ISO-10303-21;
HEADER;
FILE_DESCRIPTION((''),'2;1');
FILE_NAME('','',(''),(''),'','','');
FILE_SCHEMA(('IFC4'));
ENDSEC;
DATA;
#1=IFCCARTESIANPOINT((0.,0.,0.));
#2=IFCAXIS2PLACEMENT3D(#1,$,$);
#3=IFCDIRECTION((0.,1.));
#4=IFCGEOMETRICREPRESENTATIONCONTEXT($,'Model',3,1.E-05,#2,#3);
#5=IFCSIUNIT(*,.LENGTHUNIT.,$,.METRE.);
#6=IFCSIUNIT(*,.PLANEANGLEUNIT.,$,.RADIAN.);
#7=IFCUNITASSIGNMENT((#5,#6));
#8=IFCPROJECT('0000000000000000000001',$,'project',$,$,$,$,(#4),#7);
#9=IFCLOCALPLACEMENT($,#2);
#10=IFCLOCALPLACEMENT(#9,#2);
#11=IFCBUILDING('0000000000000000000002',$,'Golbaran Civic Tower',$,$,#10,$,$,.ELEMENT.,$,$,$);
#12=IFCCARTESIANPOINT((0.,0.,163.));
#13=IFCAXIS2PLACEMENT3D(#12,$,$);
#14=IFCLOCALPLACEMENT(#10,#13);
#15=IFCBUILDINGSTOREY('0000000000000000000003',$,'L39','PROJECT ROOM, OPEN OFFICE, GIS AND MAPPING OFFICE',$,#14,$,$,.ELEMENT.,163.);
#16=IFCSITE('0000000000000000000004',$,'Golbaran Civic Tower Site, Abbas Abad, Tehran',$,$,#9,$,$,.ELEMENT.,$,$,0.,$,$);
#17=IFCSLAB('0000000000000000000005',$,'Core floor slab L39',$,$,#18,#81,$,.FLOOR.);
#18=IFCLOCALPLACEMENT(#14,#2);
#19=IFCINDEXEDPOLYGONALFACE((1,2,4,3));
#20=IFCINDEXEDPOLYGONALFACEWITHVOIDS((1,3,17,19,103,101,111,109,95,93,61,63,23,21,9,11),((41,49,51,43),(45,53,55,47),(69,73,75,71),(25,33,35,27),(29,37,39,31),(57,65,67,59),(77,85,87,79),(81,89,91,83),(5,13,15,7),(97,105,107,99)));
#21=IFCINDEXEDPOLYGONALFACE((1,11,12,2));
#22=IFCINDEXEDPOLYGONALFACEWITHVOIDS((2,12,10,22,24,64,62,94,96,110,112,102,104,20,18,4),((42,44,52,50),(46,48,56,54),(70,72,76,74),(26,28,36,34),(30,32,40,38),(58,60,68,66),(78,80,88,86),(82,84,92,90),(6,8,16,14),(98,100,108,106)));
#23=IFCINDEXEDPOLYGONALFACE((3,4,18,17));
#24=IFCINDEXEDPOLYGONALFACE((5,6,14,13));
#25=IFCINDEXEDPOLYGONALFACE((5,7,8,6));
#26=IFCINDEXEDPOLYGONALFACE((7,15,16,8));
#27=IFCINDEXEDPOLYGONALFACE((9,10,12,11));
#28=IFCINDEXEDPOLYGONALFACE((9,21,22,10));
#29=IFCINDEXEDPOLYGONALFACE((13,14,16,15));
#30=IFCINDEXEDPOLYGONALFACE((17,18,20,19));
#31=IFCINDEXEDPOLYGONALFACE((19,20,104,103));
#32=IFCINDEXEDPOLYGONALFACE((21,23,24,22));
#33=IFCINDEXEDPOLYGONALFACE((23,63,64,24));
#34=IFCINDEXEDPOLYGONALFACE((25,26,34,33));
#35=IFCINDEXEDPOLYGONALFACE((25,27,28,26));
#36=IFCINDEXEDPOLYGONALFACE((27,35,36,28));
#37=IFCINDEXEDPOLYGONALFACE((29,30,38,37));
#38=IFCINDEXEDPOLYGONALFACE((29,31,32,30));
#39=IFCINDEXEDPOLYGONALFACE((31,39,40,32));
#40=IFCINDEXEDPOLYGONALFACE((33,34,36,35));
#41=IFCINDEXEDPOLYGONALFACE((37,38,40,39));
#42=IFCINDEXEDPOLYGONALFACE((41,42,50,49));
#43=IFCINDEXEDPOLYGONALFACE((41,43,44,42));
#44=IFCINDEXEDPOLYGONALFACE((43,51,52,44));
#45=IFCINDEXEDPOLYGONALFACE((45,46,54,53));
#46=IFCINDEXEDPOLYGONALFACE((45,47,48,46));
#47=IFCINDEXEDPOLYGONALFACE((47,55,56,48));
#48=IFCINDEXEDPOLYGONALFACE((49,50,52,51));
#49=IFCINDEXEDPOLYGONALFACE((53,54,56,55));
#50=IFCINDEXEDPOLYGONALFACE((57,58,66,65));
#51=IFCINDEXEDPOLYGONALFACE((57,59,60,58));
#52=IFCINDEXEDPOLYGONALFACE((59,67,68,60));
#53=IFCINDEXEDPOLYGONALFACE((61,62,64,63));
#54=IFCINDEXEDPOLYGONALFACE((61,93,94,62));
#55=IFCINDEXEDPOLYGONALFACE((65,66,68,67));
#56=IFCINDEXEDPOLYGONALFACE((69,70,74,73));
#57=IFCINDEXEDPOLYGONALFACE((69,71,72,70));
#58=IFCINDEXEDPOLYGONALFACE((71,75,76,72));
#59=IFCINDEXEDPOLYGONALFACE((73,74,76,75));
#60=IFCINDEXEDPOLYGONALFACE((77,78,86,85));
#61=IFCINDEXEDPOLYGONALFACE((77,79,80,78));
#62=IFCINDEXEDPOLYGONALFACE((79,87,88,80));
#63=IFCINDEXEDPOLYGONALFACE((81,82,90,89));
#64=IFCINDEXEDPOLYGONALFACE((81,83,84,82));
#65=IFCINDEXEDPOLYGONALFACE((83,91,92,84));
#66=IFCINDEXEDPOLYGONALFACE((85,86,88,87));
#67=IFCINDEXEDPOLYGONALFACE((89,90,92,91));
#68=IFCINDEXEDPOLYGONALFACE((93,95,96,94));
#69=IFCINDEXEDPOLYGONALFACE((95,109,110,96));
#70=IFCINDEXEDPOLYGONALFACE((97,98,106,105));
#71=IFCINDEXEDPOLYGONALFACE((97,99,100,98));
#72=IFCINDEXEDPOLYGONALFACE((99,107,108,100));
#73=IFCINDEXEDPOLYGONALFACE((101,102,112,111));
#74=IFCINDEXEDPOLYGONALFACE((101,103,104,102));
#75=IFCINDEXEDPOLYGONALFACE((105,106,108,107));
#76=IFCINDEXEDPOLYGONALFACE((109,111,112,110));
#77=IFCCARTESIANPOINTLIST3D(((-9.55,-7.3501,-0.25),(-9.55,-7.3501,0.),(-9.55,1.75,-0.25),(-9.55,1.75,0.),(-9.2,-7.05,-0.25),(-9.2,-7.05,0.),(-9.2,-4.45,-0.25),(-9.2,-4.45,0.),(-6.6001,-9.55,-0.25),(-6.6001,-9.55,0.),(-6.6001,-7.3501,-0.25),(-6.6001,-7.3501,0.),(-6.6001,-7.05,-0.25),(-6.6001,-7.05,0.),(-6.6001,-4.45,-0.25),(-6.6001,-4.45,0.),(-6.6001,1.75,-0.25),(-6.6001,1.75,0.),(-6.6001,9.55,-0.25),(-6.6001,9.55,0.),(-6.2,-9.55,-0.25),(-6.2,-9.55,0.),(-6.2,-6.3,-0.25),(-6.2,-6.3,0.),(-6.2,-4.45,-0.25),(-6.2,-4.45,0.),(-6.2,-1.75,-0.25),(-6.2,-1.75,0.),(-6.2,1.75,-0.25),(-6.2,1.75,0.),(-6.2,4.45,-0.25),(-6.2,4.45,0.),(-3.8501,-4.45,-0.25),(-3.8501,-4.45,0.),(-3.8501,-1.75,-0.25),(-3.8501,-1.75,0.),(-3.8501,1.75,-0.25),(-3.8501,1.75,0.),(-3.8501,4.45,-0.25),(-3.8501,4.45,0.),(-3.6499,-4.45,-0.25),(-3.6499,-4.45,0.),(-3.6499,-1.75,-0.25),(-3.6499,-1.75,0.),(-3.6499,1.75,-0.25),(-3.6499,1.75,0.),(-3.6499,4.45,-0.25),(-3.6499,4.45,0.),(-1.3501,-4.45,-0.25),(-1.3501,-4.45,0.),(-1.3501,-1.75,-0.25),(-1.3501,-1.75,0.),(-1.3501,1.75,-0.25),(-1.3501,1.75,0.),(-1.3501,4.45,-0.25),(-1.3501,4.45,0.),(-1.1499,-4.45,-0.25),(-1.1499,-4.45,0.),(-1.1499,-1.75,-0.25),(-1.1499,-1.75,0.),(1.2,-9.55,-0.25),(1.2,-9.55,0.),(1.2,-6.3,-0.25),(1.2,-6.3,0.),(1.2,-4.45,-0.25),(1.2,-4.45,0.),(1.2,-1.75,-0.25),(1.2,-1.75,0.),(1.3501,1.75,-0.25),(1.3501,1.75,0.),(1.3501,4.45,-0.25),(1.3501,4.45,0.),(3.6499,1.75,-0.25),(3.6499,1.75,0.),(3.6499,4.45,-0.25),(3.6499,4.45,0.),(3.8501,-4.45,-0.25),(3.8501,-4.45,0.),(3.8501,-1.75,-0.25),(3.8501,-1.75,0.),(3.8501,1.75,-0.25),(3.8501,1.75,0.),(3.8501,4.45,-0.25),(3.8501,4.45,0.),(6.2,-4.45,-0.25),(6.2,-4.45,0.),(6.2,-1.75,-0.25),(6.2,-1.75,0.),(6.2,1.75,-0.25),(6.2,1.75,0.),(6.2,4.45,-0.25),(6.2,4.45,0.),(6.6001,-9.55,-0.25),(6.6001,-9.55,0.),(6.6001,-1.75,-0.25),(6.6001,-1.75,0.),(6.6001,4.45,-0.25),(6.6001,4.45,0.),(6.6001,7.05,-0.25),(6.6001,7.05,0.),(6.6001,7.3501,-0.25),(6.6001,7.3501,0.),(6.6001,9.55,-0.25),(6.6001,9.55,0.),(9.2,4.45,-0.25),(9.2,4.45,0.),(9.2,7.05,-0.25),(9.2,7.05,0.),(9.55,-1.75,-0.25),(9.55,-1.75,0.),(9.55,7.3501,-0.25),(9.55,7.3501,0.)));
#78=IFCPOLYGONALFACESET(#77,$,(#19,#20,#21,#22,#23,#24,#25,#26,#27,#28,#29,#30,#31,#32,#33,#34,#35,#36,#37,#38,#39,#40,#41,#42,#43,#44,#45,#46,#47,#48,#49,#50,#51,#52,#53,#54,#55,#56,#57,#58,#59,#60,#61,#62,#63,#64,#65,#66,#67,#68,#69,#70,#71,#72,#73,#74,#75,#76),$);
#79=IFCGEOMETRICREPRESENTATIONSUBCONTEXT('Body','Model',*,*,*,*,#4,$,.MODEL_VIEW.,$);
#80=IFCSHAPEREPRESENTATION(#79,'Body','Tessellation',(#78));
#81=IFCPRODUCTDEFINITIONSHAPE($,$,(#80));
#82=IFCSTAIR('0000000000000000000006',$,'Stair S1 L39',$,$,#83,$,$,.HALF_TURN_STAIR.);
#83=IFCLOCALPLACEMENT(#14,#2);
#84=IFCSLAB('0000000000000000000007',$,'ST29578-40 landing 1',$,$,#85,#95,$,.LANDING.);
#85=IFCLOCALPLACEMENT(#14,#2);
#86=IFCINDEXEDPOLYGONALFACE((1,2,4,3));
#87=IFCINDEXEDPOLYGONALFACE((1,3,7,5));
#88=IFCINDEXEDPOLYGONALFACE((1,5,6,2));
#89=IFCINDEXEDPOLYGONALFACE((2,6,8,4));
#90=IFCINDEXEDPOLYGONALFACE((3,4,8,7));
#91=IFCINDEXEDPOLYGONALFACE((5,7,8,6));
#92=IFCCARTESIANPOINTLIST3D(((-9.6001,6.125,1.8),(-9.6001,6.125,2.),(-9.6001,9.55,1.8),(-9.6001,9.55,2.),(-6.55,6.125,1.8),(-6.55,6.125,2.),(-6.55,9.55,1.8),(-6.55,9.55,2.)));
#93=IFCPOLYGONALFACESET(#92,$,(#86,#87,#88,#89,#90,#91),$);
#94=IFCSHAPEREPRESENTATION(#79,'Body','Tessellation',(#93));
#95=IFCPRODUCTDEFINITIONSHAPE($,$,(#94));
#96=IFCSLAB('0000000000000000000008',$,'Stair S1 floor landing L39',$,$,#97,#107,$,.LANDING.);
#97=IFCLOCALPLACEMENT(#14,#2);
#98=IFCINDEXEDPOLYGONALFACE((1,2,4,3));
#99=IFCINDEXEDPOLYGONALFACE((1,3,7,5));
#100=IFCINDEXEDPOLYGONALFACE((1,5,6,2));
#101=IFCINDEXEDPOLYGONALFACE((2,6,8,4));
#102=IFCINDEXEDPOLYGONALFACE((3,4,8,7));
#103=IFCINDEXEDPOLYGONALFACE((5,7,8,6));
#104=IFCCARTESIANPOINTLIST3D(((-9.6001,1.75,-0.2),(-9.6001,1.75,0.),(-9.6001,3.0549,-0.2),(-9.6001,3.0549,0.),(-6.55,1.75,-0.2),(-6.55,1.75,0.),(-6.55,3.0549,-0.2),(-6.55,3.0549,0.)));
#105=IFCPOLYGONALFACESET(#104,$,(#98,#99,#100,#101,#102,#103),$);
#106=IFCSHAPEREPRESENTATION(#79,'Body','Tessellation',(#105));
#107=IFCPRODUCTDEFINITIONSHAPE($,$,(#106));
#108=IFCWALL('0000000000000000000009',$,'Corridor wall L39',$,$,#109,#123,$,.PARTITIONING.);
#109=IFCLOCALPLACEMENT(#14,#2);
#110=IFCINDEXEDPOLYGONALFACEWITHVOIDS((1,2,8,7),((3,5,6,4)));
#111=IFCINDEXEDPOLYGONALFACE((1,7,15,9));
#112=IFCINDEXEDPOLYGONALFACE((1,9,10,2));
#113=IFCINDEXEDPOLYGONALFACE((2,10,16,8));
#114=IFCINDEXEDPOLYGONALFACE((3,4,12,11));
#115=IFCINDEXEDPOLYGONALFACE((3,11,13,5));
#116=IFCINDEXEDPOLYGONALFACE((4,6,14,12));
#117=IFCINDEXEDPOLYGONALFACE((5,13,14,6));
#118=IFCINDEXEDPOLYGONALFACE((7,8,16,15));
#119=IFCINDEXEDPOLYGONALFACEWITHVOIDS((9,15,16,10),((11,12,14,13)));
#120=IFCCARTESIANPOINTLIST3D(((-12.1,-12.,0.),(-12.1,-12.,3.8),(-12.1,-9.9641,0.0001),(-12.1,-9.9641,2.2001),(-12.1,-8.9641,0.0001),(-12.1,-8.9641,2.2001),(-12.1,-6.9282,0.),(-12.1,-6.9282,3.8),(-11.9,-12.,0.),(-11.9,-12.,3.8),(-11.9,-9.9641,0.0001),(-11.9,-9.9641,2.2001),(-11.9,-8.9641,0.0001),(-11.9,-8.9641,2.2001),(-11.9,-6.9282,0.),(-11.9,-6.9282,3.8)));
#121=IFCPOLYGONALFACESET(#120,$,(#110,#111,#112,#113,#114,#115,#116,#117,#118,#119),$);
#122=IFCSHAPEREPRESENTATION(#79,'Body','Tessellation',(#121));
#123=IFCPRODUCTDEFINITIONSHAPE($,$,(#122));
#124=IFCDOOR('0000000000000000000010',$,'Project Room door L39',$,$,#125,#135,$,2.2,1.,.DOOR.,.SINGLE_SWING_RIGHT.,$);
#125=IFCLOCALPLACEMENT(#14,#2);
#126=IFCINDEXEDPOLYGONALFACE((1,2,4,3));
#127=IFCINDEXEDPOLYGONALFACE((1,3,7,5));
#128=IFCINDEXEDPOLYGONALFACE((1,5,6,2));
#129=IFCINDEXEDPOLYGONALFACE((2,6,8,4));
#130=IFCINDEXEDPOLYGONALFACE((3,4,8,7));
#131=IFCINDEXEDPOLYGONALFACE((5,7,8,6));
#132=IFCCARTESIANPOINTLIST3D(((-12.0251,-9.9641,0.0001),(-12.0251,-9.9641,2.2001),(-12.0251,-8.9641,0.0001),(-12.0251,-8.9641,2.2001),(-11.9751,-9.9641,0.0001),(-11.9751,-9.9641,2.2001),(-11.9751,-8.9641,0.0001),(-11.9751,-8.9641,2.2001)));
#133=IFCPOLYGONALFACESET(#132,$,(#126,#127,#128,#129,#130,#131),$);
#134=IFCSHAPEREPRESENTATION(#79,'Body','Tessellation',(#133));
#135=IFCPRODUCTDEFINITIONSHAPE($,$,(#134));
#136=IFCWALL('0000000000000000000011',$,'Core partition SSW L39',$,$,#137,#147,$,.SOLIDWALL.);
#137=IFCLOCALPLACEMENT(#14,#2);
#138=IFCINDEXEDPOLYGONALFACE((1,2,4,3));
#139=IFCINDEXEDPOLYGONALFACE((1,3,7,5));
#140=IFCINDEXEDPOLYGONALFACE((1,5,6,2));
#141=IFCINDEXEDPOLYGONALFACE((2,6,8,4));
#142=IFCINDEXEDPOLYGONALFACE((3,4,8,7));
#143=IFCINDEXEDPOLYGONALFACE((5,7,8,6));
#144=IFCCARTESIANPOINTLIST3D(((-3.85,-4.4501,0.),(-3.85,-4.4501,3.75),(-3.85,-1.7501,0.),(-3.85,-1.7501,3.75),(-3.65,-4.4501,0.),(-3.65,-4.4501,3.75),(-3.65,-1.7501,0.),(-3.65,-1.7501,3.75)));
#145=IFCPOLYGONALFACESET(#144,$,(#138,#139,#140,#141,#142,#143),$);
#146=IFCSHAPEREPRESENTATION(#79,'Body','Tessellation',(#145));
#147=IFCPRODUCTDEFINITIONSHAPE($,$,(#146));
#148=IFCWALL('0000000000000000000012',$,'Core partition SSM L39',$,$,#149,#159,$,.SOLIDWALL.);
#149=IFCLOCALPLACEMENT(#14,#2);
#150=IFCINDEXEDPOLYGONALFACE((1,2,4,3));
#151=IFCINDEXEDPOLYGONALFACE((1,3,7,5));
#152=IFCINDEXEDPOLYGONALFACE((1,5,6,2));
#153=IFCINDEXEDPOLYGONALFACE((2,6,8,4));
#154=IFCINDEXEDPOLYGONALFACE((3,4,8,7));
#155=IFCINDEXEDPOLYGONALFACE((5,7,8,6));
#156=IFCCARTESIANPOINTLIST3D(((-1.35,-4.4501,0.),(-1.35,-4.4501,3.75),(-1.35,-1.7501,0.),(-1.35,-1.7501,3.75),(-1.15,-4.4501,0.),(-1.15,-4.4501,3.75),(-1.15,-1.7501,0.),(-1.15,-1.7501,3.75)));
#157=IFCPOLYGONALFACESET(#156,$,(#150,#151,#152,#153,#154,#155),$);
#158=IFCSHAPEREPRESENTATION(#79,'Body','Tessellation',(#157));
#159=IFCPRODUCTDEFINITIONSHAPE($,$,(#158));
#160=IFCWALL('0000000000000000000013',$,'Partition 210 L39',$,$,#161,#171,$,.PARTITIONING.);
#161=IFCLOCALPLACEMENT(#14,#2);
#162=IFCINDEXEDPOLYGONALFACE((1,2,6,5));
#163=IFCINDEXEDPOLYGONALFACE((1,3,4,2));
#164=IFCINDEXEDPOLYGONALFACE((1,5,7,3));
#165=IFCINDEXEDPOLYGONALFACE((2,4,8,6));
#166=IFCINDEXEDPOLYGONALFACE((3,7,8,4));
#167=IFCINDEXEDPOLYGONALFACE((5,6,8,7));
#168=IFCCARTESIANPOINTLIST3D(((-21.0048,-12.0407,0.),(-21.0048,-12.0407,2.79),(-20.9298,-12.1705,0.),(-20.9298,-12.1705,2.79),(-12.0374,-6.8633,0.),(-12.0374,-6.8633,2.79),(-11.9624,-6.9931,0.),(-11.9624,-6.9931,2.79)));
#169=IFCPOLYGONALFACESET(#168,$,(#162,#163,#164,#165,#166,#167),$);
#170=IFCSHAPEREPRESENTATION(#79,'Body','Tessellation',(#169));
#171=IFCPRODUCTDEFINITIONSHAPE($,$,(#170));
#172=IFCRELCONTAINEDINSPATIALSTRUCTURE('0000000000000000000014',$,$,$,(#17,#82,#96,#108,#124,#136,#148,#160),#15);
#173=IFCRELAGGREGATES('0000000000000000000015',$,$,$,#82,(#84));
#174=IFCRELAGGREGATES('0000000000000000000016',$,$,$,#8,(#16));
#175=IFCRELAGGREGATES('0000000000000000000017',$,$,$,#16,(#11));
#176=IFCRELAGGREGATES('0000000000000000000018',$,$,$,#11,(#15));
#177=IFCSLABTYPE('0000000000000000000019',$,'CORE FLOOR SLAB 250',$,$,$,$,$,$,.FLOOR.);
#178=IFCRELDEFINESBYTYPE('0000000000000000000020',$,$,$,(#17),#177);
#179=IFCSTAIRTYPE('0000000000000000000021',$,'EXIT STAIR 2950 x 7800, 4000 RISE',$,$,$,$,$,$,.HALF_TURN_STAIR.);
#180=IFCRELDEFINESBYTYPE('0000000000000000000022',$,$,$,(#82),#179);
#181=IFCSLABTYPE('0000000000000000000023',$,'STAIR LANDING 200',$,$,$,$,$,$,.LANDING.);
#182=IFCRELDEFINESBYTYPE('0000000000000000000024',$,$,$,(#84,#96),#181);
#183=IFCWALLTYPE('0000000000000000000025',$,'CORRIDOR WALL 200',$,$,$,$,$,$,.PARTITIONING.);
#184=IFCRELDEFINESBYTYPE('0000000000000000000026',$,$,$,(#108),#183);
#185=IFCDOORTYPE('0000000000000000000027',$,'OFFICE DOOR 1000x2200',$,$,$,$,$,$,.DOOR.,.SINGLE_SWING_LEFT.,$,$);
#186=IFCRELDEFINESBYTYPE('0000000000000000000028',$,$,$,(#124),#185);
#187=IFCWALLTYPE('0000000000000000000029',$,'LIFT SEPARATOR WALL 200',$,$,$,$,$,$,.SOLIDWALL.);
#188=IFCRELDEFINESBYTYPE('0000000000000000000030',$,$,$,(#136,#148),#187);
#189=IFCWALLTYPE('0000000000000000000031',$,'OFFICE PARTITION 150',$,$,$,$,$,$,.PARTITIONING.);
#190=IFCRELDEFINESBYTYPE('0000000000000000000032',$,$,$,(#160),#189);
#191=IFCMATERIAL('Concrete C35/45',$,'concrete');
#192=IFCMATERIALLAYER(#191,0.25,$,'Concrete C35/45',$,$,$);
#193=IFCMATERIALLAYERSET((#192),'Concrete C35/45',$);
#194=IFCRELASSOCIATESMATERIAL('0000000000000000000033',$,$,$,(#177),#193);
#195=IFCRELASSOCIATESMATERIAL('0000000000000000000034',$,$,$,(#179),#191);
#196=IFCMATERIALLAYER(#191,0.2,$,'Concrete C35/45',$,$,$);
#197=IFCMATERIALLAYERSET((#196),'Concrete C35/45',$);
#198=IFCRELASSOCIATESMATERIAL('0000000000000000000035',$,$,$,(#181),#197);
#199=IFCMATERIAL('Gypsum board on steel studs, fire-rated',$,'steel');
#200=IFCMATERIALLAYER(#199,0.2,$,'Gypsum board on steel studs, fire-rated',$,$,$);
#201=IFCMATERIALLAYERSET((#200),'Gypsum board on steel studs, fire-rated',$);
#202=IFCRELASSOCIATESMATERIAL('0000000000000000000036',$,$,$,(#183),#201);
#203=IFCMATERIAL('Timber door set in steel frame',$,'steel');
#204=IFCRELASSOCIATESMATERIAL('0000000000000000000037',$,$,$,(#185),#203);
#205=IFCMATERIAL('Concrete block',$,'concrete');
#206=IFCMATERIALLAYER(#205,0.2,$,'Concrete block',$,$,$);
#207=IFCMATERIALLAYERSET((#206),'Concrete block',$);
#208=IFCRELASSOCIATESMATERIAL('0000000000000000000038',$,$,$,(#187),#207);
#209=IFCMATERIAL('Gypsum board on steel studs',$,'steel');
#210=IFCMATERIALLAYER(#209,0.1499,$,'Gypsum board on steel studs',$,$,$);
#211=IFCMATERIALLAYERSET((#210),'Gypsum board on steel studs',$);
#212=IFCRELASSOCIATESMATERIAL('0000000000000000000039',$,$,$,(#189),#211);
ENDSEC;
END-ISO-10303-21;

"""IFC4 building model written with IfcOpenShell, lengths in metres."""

from ifc_helpers import new_model, si_unit, direction, frame, frame_2d, origin, place, context, subcontext, project, spatial, polyline, rectangle, outline, extrude, material, layer, layer_set, type_object, element, fill, aggregate, save


model = new_model("IFC4")

# Units and contexts
model_context = context("Model", 3, precision=1e-05, world=origin(), true_north=direction((0.0, 1.0)))
body_context = subcontext(model_context, "Body", "Model", "MODEL_VIEW")
ifc_project = project(units=[si_unit("LENGTHUNIT", "METRE"), si_unit("PLANEANGLEUNIT", "RADIAN")], contexts=[model_context])

# Site, building, storey
site_placement = place(None, origin())
site = spatial("IfcSite", under=ifc_project, at=site_placement, Name="Golbaran Civic Tower Site, Abbas Abad, Tehran", CompositionType="ELEMENT", RefElevation=0.0)
building_placement = place(site_placement, origin())
building = spatial("IfcBuilding", under=site, at=building_placement, Name="Golbaran Civic Tower", CompositionType="ELEMENT")
storey_placement = place(building_placement, frame((0.0, 0.0, 163.0)))
storey = spatial("IfcBuildingStorey", under=building, at=storey_placement, Name="L39", Description="PROJECT ROOM, OPEN OFFICE, GIS AND MAPPING OFFICE", CompositionType="ELEMENT", Elevation=163.0)

# Slab
ifc_material_1 = material(Name="Concrete C35/45", Category="concrete")
ifc_layer_1 = layer(ifc_material_1, 0.25, Name="Concrete C35/45")
ifc_layer_set_1 = layer_set([ifc_layer_1], Name="Concrete C35/45")
slab_type_1 = type_object("IfcSlabType", Name="CORE FLOOR SLAB 250", PredefinedType="FLOOR", material=ifc_layer_set_1)
slab_1_placement = place(storey_placement, frame((0.0, 0.0, -0.25)))
element("IfcSlab", 1, at=slab_1_placement, inside=storey, type_object=slab_type_1, Name="Core floor slab L39", PredefinedType="FLOOR", context=body_context, shape_type="SweptSolid", body=[
    extrude(outline(polyline([(6.6001, -1.75), (6.6001, -9.55), (1.2, -9.55), (1.2, -6.3), (-6.2, -6.3), (-6.2, -9.55), (-6.6001, -9.55), (-6.6001, -7.3501), (-9.55, -7.3501), (-9.55, 1.75), (-6.6001, 1.75), (-6.6001, 9.55), (6.6001, 9.55), (6.6001, 7.3501), (9.55, 7.3501), (9.55, -1.75), (6.6001, -1.75)]), holes=[polyline([(9.2, 7.05), (6.6001, 7.05), (6.6001, 4.45), (9.2, 4.45), (9.2, 7.05)]), polyline([(6.2, -1.75), (3.8501, -1.75), (3.8501, -4.45), (6.2, -4.45), (6.2, -1.75)]), polyline([(6.2, 4.45), (3.8501, 4.45), (3.8501, 1.75), (6.2, 1.75), (6.2, 4.45)]), polyline([(3.6499, 4.45), (1.3501, 4.45), (1.3501, 1.75), (3.6499, 1.75), (3.6499, 4.45)]), polyline([(1.2, -1.75), (-1.1499, -1.75), (-1.1499, -4.45), (1.2, -4.45), (1.2, -1.75)]), polyline([(-1.3501, 4.45), (-3.6499, 4.45), (-3.6499, 1.75), (-1.3501, 1.75), (-1.3501, 4.45)]), polyline([(-1.3501, -1.75), (-3.6499, -1.75), (-3.6499, -4.45), (-1.3501, -4.45), (-1.3501, -1.75)]), polyline([(-3.8501, -1.75), (-6.2, -1.75), (-6.2, -4.45), (-3.8501, -4.45), (-3.8501, -1.75)]), polyline([(-3.8501, 4.45), (-6.2, 4.45), (-6.2, 1.75), (-3.8501, 1.75), (-3.8501, 4.45)]), polyline([(-6.6001, -4.45), (-9.2, -4.45), (-9.2, -7.05), (-6.6001, -7.05), (-6.6001, -4.45)])]), origin(), (0.0, 0.0, 1.0), 0.25),
])

# Stair, slab
stair_type_1 = type_object("IfcStairType", Name="EXIT STAIR 2950 x 7800, 4000 RISE", PredefinedType="HALF_TURN_STAIR", material=ifc_material_1)
stair_1_placement = place(storey_placement, origin())
stair_1 = element("IfcStair", 2, at=stair_1_placement, inside=storey, type_object=stair_type_1, Name="Stair S1 L39", PredefinedType="HALF_TURN_STAIR")
ifc_layer_2 = layer(ifc_material_1, 0.2, Name="Concrete C35/45")
ifc_layer_set_2 = layer_set([ifc_layer_2], Name="Concrete C35/45")
slab_type_2 = type_object("IfcSlabType", Name="STAIR LANDING 200", PredefinedType="LANDING", material=ifc_layer_set_2)
slab_2_placement = place(storey_placement, frame((0.0, 0.0, 1.8)))
slab_2 = element("IfcSlab", 3, at=slab_2_placement, type_object=slab_type_2, Name="ST29578-40 landing 1", PredefinedType="LANDING", context=body_context, shape_type="SweptSolid", body=[
    extrude(outline(polyline([(-9.6001, 6.125), (-9.6001, 9.55), (-6.55, 9.55), (-6.55, 6.125), (-9.6001, 6.125)])), origin(), (0.0, 0.0, 1.0), 0.2),
])
aggregate(stair_1, [slab_2])

# Slab
slab_3_placement = place(storey_placement, frame((0.0, 0.0, -0.2)))
element("IfcSlab", 4, at=slab_3_placement, inside=storey, type_object=slab_type_2, Name="Stair S1 floor landing L39", PredefinedType="LANDING", context=body_context, shape_type="SweptSolid", body=[
    extrude(outline(polyline([(-9.6001, 1.75), (-9.6001, 3.0549), (-6.55, 3.0549), (-6.55, 1.75), (-9.6001, 1.75)])), origin(), (0.0, 0.0, 1.0), 0.2),
])

# Wall, opening, door
ifc_material_2 = material(Name="Gypsum board on steel studs, fire-rated", Category="steel")
ifc_layer_3 = layer(ifc_material_2, 0.2, Name="Gypsum board on steel studs, fire-rated")
ifc_layer_set_3 = layer_set([ifc_layer_3], Name="Gypsum board on steel studs, fire-rated")
wall_type_1 = type_object("IfcWallType", Name="CORRIDOR WALL 200", PredefinedType="PARTITIONING", material=ifc_layer_set_3)
wall_1_placement = place(storey_placement, frame((-12.0, -6.9282, 0.0), z_axis=(0.0, 0.0, 1.0), x_axis=(0.0, -1.0, 0.0)))
wall_1 = element("IfcWall", 5, at=wall_1_placement, inside=storey, type_object=wall_type_1, Name="Corridor wall L39", PredefinedType="PARTITIONING", context=body_context, shape_type="SweptSolid", body=[
    extrude(rectangle(XDim=5.0718, YDim=0.2, at=frame_2d((2.5359, 0.0))), origin(), (0.0, 0.0, 1.0), 3.8),
])
opening_1_placement = place(wall_1_placement, frame((2.0359, 0.0, 0.0)))
opening_1 = element("IfcOpeningElement", 6, at=opening_1_placement, cuts=wall_1, PredefinedType="OPENING", context=body_context, shape_type="SweptSolid", body=[
    extrude(rectangle(XDim=1.0, YDim=2.2, at=frame_2d((0.5, 1.1001))), frame((0.0, 0.1099, 0.0), z_axis=(0.0, -1.0, 0.0), x_axis=(1.0, 0.0, 0.0)), (0.0, 0.0, 1.0), 0.22),
])
ifc_material_3 = material(Name="Timber door set in steel frame", Category="steel")
door_type_1 = type_object("IfcDoorType", Name="OFFICE DOOR 1000x2200", OperationType="SINGLE_SWING_LEFT", PredefinedType="DOOR", material=ifc_material_3)
door_1_placement = place(opening_1_placement, origin())
door_1 = element("IfcDoor", 7, at=door_1_placement, inside=storey, type_object=door_type_1, Name="Project Room door L39", OperationType="SINGLE_SWING_RIGHT", OverallHeight=2.2, OverallWidth=1.0, PredefinedType="DOOR", context=body_context, shape_type="SweptSolid", body=[
    extrude(rectangle(XDim=1.0, YDim=2.2, at=frame_2d((0.5, 1.1001))), frame((0.0, 0.0249, 0.0), z_axis=(0.0, -1.0, 0.0), x_axis=(1.0, 0.0, 0.0)), (0.0, 0.0, 1.0), 0.05),
])
fill(opening_1, door_1)

# Walls
ifc_material_4 = material(Name="Concrete block", Category="concrete")
ifc_layer_4 = layer(ifc_material_4, 0.2, Name="Concrete block")
ifc_layer_set_4 = layer_set([ifc_layer_4], Name="Concrete block")
wall_type_2 = type_object("IfcWallType", Name="LIFT SEPARATOR WALL 200", PredefinedType="SOLIDWALL", material=ifc_layer_set_4)
for number, where, z_axis, x_axis, name in (
    (8, (-3.75, -1.75, 0.0), (0.0, 0.0, 1.0), (0.0, -1.0, 0.0), "Core partition SSW L39"),
    (9, (-1.25, -1.75, 0.0), (0.0, 0.0, 1.0), (0.0, -1.0, 0.0), "Core partition SSM L39"),
):
    element("IfcWall", number, at=place(storey_placement, frame(where, z_axis=z_axis, x_axis=x_axis)), inside=storey, type_object=wall_type_2, Name=name, PredefinedType="SOLIDWALL", context=body_context, shape_type="SweptSolid", body=[
        extrude(rectangle(XDim=2.7, YDim=0.2, at=frame_2d((1.3501, 0.0))), origin(), (0.0, 0.0, 1.0), 3.75),
    ])
ifc_material_5 = material(Name="Gypsum board on steel studs", Category="steel")
ifc_layer_5 = layer(ifc_material_5, 0.1499, Name="Gypsum board on steel studs")
ifc_layer_set_5 = layer_set([ifc_layer_5], Name="Gypsum board on steel studs")
wall_type_3 = type_object("IfcWallType", Name="OFFICE PARTITION 150", PredefinedType="PARTITIONING", material=ifc_layer_set_5)
wall_2_placement = place(storey_placement, frame((-12.0, -6.9282, 0.0), z_axis=(0.0, 0.0, 1.0), x_axis=(-0.866022, -0.500006, 0.0)))
element("IfcWall", 10, at=wall_2_placement, inside=storey, type_object=wall_type_3, Name="Partition 210 L39", PredefinedType="PARTITIONING", context=body_context, shape_type="SweptSolid", body=[
    extrude(rectangle(XDim=10.3547, YDim=0.1499, at=frame_2d((5.1772, 0.0))), origin(), (0.0, 0.0, 1.0), 2.79),
])

save(model, "model.ifc")
